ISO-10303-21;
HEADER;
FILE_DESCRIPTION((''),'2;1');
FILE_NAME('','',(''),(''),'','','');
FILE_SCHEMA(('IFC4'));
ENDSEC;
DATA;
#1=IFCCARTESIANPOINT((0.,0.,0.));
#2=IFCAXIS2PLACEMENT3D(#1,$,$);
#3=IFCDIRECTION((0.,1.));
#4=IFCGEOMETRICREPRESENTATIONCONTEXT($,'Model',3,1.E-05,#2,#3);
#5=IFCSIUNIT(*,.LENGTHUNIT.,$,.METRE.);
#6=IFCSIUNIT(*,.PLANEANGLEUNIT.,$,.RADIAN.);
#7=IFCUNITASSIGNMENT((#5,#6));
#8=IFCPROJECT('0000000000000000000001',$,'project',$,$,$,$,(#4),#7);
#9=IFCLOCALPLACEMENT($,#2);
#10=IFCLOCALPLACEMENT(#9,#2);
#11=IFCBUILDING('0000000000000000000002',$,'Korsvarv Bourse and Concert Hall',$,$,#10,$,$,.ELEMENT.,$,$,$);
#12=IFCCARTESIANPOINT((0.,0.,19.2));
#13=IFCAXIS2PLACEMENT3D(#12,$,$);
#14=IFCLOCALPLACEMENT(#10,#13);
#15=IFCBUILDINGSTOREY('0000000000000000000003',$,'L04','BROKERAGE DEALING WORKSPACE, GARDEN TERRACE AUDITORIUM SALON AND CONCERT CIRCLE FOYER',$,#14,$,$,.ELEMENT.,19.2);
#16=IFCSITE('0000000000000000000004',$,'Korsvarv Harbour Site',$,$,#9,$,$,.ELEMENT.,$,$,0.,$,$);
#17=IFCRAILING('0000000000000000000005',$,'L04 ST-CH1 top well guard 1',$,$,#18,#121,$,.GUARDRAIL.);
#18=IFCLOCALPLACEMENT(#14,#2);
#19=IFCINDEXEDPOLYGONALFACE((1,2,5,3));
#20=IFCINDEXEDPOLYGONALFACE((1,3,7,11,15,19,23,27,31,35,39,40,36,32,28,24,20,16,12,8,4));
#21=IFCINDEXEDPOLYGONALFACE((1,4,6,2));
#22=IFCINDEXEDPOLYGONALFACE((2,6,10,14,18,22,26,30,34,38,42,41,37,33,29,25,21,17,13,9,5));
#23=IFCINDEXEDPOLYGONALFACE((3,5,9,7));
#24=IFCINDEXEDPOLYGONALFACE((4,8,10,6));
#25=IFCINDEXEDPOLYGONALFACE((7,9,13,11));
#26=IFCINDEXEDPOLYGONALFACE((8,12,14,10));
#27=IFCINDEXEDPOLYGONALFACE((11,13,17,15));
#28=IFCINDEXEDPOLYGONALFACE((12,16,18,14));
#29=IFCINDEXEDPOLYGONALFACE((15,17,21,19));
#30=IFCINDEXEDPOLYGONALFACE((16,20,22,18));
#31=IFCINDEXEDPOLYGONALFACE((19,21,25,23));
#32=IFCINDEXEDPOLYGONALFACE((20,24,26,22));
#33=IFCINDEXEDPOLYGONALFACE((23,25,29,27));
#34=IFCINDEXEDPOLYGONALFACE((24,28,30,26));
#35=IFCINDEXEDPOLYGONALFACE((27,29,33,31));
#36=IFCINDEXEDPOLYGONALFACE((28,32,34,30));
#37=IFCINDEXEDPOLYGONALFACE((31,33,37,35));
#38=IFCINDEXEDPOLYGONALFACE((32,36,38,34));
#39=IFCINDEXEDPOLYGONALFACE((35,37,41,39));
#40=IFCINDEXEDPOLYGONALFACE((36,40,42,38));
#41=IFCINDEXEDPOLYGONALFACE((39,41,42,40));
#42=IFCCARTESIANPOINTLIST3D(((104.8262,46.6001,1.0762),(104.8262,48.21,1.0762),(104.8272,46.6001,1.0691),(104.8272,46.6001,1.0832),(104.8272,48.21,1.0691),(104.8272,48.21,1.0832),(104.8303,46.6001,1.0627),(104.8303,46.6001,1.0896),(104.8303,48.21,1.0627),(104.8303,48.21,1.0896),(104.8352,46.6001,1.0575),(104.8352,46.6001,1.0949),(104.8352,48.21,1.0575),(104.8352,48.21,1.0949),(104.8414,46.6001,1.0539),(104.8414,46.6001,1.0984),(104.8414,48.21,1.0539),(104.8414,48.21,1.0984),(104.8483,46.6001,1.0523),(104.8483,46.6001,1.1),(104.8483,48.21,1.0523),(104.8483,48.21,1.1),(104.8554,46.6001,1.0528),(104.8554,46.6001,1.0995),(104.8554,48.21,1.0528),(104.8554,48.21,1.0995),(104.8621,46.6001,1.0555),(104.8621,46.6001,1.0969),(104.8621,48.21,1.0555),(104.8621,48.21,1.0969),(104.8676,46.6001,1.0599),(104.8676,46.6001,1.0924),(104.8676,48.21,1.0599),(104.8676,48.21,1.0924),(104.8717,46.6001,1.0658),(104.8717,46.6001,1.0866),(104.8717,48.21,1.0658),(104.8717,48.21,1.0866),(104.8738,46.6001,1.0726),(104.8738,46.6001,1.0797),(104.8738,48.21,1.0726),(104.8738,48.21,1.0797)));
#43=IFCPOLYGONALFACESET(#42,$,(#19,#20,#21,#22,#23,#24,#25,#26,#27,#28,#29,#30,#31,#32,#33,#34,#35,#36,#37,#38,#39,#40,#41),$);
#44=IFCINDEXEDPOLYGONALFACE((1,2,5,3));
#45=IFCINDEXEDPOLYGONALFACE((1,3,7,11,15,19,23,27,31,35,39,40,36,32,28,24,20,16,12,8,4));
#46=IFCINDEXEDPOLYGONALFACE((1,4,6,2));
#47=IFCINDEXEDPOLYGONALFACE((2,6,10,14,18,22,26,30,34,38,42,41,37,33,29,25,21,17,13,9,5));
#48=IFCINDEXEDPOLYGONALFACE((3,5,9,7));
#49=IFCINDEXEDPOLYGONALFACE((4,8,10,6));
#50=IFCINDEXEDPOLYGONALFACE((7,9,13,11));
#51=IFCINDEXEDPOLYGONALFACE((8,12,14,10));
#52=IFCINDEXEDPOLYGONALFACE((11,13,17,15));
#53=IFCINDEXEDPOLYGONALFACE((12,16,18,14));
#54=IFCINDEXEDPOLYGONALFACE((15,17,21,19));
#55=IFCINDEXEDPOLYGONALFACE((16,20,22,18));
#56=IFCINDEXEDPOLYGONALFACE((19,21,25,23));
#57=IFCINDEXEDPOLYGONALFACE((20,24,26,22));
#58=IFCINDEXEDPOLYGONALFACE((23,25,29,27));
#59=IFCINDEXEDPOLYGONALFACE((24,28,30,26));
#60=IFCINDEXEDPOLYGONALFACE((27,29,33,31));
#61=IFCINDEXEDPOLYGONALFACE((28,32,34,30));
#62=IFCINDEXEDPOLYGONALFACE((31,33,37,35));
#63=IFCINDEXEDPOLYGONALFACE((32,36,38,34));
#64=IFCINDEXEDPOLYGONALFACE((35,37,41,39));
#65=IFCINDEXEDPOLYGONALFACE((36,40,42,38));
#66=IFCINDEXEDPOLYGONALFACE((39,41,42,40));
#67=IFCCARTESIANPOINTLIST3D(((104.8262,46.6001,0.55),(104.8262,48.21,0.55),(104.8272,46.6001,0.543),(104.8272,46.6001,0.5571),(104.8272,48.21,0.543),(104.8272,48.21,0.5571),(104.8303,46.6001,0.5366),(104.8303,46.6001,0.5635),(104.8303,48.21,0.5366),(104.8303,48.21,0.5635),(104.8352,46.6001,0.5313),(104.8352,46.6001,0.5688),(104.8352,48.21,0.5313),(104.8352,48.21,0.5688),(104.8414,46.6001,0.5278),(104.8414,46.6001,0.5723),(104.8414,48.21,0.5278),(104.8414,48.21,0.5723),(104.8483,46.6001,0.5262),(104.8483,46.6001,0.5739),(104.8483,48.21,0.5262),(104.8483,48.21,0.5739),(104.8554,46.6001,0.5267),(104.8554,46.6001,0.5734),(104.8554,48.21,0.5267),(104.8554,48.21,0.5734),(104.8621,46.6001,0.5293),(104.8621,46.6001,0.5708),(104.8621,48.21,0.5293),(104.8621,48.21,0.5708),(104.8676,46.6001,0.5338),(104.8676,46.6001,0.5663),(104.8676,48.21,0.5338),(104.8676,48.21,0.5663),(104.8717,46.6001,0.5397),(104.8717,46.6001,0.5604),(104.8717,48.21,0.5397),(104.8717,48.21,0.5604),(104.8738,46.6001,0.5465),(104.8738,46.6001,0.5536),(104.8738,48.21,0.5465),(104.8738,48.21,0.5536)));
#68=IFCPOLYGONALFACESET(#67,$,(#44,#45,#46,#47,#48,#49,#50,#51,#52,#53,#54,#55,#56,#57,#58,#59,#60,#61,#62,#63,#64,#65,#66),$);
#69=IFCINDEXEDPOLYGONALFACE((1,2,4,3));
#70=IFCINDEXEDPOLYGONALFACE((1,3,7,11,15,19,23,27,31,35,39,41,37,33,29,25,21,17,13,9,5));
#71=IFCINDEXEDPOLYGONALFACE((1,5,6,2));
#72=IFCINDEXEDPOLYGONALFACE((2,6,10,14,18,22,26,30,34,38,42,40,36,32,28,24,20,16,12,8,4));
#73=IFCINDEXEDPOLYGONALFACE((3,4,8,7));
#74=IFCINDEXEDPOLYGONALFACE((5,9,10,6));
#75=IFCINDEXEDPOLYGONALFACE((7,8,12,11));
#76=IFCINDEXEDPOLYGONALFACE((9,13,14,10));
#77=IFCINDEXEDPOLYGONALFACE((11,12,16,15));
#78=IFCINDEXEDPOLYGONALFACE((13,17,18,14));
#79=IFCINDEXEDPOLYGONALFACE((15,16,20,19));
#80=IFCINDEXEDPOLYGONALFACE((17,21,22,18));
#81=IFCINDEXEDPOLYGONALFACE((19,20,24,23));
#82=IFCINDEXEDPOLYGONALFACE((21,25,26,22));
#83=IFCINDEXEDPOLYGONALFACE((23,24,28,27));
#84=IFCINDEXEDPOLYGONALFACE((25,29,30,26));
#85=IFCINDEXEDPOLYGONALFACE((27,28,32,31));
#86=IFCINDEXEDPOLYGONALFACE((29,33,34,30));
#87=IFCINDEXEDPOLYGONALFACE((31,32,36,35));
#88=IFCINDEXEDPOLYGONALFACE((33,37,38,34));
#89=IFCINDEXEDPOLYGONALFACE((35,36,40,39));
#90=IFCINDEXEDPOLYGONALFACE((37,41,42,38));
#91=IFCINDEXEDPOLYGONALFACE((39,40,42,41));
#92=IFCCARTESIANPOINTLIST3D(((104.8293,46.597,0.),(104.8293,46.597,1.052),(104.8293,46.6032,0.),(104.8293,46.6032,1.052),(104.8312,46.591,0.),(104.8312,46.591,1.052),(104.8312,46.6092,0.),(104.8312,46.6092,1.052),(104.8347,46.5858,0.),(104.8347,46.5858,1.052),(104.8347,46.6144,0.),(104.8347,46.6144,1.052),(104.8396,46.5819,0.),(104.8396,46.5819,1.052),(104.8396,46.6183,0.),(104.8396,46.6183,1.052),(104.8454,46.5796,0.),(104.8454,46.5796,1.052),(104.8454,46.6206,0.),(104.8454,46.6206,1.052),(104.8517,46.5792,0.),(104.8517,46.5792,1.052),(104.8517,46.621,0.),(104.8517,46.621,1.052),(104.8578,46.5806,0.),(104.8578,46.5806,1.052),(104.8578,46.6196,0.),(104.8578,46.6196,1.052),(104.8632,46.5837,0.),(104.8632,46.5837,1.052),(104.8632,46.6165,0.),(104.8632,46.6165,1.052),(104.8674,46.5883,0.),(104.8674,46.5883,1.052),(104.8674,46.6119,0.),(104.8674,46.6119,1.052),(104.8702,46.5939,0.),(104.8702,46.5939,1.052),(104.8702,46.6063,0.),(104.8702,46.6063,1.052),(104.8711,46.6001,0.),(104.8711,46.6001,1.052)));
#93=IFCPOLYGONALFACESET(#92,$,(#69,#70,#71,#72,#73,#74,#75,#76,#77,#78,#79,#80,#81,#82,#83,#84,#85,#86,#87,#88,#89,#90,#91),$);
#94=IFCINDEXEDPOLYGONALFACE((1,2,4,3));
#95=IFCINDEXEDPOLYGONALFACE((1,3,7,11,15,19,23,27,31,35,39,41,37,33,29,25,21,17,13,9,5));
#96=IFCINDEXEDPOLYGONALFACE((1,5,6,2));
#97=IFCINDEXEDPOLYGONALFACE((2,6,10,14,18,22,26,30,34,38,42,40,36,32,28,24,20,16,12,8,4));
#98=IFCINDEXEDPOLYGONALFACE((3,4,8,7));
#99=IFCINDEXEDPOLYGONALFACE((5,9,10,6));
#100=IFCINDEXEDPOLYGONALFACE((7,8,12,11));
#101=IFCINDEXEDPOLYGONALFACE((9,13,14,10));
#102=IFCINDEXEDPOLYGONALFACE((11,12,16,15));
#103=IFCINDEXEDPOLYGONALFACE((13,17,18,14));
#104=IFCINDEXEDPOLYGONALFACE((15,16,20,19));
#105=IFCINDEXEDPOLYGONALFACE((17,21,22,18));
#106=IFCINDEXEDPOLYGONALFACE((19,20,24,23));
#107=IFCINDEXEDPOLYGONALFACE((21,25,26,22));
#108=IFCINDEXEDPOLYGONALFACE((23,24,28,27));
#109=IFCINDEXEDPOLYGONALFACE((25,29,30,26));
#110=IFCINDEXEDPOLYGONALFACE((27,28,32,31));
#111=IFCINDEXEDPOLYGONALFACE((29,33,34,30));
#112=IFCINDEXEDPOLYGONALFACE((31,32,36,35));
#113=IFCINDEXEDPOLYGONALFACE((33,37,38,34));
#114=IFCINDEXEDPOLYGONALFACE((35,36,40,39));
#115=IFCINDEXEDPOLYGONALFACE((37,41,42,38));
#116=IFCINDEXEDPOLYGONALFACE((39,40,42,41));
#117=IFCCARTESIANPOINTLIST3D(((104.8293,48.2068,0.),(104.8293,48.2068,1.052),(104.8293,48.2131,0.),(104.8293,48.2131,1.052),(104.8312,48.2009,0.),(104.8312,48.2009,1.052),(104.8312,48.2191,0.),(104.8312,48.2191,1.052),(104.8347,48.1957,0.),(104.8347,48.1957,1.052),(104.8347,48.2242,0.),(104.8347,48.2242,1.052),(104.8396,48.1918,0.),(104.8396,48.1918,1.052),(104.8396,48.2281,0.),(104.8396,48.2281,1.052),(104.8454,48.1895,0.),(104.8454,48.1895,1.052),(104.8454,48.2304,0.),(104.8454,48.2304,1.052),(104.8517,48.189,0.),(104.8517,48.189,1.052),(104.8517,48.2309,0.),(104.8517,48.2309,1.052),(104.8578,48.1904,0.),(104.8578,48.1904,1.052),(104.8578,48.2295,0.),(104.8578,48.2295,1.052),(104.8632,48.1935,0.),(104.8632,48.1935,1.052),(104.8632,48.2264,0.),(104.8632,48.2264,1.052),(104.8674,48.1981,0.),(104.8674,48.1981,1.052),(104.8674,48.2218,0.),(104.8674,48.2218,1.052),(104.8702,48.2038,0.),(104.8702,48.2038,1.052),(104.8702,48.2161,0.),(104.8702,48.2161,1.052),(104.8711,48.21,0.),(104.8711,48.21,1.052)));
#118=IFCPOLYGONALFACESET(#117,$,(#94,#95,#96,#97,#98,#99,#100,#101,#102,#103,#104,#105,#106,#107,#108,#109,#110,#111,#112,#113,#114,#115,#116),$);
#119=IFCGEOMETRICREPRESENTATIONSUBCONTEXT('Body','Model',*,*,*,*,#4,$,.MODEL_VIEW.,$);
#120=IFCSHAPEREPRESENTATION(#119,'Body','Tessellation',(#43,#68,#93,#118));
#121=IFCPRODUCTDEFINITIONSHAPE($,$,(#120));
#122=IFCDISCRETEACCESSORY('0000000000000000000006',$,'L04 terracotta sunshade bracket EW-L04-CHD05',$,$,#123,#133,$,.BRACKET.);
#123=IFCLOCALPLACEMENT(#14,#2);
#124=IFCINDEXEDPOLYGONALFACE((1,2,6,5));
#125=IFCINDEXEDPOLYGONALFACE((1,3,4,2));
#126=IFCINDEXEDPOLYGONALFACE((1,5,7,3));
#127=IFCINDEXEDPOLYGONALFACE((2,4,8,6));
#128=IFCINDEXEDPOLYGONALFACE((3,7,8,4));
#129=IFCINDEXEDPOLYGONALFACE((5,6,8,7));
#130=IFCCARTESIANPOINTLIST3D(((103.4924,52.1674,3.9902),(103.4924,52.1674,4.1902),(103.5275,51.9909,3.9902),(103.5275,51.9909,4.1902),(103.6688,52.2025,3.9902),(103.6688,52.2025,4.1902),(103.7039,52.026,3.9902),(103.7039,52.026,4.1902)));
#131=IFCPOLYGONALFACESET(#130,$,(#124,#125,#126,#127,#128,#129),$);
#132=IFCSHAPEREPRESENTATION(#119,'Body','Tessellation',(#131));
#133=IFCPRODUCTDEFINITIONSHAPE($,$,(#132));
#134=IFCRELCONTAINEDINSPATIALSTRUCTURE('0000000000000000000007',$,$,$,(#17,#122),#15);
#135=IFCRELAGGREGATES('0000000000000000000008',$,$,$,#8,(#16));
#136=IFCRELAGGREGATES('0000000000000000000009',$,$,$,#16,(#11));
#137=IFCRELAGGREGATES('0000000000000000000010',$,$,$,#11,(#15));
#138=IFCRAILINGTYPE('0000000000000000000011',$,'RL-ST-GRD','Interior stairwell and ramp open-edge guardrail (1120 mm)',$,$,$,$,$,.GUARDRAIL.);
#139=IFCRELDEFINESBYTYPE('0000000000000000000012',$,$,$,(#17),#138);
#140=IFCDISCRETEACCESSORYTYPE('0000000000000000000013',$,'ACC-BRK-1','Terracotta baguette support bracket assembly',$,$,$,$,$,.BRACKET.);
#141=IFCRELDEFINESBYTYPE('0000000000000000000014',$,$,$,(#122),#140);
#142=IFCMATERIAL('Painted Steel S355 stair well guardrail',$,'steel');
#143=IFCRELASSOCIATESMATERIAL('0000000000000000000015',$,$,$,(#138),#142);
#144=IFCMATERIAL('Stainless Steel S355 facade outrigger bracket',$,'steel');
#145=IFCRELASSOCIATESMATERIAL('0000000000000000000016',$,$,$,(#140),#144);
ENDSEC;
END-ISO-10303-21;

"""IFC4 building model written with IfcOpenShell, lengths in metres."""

from ifc_helpers import new_model, si_unit, direction, frame, origin, origin_2d, place, context, subcontext, project, spatial, rectangle, circle, extrude, source, transform, mapped, material, type_object, element, save


model = new_model("IFC4")

# Units and contexts
model_context = context("Model", 3, precision=1e-05, world=origin(), true_north=direction((0.0, 1.0)))
body_context = subcontext(model_context, "Body", "Model", "MODEL_VIEW")
ifc_project = project(units=[si_unit("LENGTHUNIT", "METRE"), si_unit("PLANEANGLEUNIT", "RADIAN")], contexts=[model_context])

# Site, building, storey
site_placement = place(None, origin())
site = spatial("IfcSite", under=ifc_project, at=site_placement, Name="Korsvarv Harbour Site", CompositionType="ELEMENT", RefElevation=0.0)
building_placement = place(site_placement, origin())
building = spatial("IfcBuilding", under=site, at=building_placement, Name="Korsvarv Bourse and Concert Hall", CompositionType="ELEMENT")
storey_placement = place(building_placement, frame((0.0, 0.0, 19.2)))
storey = spatial("IfcBuildingStorey", under=building, at=storey_placement, Name="L04", Description="BROKERAGE DEALING WORKSPACE, GARDEN TERRACE AUDITORIUM SALON AND CONCERT CIRCLE FOYER", CompositionType="ELEMENT", Elevation=19.2)

# Railing
ifc_material_1 = material(Name="Painted Steel S355 stair well guardrail", Category="steel")
railing_type = type_object("IfcRailingType", Name="RL-ST-GRD", Description="Interior stairwell and ramp open-edge guardrail (1120 mm)", PredefinedType="GUARDRAIL", material=ifc_material_1)
railing_placement = place(storey_placement, frame((104.8501, 46.6001, 0.0)))
element("IfcRailing", 1, at=railing_placement, inside=storey, type_object=railing_type, Name="L04 ST-CH1 top well guard 1", PredefinedType="GUARDRAIL", context=body_context, shape_type="SweptSolid", body=[
    extrude(circle(Radius=0.0239, at=origin_2d()), frame((0.0, 0.0, 1.0762), z_axis=(0.0, 1.0, 0.0), x_axis=(-1.0, 0.0, 0.0)), (0.0, 0.0, 1.0), 1.6099),
    extrude(circle(Radius=0.0239, at=origin_2d()), frame((0.0, 0.0, 0.55), z_axis=(0.0, 1.0, 0.0), x_axis=(-1.0, 0.0, 0.0)), (0.0, 0.0, 1.0), 1.6099),
    extrude(circle(Radius=0.021, at=origin_2d()), origin(), (0.0, 0.0, 1.0), 1.052),
    extrude(circle(Radius=0.021, at=origin_2d()), frame((0.0, 1.6099, 0.0)), (0.0, 0.0, 1.0), 1.052),
])

# Discrete accessory
ifc_material_2 = material(Name="Stainless Steel S355 facade outrigger bracket", Category="steel")
discrete_accessory_type = type_object("IfcDiscreteAccessoryType", Name="ACC-BRK-1", Description="Terracotta baguette support bracket assembly", PredefinedType="BRACKET", material=ifc_material_2)
shared_shape_1 = source(origin(), body_context, "Body", "SweptSolid", [
    extrude(rectangle(XDim=0.1799, YDim=0.1799, at=origin_2d()), origin(), (0.0, 0.0, 1.0), 0.2),
])
discrete_accessory_placement = place(storey_placement, frame((103.5981, 52.0967, 3.9902), z_axis=(0.0, 0.0, 1.0), x_axis=(-0.980785, -0.19509, 0.0)))
element("IfcDiscreteAccessory", 2, at=discrete_accessory_placement, inside=storey, type_object=discrete_accessory_type, Name="L04 terracotta sunshade bracket EW-L04-CHD05", PredefinedType="BRACKET", context=body_context, shape_type="MappedRepresentation", body=[
    mapped(shared_shape_1, transform((0.0, 0.0, 0.0), scale=1.0)),
])

save(model, "model.ifc")
